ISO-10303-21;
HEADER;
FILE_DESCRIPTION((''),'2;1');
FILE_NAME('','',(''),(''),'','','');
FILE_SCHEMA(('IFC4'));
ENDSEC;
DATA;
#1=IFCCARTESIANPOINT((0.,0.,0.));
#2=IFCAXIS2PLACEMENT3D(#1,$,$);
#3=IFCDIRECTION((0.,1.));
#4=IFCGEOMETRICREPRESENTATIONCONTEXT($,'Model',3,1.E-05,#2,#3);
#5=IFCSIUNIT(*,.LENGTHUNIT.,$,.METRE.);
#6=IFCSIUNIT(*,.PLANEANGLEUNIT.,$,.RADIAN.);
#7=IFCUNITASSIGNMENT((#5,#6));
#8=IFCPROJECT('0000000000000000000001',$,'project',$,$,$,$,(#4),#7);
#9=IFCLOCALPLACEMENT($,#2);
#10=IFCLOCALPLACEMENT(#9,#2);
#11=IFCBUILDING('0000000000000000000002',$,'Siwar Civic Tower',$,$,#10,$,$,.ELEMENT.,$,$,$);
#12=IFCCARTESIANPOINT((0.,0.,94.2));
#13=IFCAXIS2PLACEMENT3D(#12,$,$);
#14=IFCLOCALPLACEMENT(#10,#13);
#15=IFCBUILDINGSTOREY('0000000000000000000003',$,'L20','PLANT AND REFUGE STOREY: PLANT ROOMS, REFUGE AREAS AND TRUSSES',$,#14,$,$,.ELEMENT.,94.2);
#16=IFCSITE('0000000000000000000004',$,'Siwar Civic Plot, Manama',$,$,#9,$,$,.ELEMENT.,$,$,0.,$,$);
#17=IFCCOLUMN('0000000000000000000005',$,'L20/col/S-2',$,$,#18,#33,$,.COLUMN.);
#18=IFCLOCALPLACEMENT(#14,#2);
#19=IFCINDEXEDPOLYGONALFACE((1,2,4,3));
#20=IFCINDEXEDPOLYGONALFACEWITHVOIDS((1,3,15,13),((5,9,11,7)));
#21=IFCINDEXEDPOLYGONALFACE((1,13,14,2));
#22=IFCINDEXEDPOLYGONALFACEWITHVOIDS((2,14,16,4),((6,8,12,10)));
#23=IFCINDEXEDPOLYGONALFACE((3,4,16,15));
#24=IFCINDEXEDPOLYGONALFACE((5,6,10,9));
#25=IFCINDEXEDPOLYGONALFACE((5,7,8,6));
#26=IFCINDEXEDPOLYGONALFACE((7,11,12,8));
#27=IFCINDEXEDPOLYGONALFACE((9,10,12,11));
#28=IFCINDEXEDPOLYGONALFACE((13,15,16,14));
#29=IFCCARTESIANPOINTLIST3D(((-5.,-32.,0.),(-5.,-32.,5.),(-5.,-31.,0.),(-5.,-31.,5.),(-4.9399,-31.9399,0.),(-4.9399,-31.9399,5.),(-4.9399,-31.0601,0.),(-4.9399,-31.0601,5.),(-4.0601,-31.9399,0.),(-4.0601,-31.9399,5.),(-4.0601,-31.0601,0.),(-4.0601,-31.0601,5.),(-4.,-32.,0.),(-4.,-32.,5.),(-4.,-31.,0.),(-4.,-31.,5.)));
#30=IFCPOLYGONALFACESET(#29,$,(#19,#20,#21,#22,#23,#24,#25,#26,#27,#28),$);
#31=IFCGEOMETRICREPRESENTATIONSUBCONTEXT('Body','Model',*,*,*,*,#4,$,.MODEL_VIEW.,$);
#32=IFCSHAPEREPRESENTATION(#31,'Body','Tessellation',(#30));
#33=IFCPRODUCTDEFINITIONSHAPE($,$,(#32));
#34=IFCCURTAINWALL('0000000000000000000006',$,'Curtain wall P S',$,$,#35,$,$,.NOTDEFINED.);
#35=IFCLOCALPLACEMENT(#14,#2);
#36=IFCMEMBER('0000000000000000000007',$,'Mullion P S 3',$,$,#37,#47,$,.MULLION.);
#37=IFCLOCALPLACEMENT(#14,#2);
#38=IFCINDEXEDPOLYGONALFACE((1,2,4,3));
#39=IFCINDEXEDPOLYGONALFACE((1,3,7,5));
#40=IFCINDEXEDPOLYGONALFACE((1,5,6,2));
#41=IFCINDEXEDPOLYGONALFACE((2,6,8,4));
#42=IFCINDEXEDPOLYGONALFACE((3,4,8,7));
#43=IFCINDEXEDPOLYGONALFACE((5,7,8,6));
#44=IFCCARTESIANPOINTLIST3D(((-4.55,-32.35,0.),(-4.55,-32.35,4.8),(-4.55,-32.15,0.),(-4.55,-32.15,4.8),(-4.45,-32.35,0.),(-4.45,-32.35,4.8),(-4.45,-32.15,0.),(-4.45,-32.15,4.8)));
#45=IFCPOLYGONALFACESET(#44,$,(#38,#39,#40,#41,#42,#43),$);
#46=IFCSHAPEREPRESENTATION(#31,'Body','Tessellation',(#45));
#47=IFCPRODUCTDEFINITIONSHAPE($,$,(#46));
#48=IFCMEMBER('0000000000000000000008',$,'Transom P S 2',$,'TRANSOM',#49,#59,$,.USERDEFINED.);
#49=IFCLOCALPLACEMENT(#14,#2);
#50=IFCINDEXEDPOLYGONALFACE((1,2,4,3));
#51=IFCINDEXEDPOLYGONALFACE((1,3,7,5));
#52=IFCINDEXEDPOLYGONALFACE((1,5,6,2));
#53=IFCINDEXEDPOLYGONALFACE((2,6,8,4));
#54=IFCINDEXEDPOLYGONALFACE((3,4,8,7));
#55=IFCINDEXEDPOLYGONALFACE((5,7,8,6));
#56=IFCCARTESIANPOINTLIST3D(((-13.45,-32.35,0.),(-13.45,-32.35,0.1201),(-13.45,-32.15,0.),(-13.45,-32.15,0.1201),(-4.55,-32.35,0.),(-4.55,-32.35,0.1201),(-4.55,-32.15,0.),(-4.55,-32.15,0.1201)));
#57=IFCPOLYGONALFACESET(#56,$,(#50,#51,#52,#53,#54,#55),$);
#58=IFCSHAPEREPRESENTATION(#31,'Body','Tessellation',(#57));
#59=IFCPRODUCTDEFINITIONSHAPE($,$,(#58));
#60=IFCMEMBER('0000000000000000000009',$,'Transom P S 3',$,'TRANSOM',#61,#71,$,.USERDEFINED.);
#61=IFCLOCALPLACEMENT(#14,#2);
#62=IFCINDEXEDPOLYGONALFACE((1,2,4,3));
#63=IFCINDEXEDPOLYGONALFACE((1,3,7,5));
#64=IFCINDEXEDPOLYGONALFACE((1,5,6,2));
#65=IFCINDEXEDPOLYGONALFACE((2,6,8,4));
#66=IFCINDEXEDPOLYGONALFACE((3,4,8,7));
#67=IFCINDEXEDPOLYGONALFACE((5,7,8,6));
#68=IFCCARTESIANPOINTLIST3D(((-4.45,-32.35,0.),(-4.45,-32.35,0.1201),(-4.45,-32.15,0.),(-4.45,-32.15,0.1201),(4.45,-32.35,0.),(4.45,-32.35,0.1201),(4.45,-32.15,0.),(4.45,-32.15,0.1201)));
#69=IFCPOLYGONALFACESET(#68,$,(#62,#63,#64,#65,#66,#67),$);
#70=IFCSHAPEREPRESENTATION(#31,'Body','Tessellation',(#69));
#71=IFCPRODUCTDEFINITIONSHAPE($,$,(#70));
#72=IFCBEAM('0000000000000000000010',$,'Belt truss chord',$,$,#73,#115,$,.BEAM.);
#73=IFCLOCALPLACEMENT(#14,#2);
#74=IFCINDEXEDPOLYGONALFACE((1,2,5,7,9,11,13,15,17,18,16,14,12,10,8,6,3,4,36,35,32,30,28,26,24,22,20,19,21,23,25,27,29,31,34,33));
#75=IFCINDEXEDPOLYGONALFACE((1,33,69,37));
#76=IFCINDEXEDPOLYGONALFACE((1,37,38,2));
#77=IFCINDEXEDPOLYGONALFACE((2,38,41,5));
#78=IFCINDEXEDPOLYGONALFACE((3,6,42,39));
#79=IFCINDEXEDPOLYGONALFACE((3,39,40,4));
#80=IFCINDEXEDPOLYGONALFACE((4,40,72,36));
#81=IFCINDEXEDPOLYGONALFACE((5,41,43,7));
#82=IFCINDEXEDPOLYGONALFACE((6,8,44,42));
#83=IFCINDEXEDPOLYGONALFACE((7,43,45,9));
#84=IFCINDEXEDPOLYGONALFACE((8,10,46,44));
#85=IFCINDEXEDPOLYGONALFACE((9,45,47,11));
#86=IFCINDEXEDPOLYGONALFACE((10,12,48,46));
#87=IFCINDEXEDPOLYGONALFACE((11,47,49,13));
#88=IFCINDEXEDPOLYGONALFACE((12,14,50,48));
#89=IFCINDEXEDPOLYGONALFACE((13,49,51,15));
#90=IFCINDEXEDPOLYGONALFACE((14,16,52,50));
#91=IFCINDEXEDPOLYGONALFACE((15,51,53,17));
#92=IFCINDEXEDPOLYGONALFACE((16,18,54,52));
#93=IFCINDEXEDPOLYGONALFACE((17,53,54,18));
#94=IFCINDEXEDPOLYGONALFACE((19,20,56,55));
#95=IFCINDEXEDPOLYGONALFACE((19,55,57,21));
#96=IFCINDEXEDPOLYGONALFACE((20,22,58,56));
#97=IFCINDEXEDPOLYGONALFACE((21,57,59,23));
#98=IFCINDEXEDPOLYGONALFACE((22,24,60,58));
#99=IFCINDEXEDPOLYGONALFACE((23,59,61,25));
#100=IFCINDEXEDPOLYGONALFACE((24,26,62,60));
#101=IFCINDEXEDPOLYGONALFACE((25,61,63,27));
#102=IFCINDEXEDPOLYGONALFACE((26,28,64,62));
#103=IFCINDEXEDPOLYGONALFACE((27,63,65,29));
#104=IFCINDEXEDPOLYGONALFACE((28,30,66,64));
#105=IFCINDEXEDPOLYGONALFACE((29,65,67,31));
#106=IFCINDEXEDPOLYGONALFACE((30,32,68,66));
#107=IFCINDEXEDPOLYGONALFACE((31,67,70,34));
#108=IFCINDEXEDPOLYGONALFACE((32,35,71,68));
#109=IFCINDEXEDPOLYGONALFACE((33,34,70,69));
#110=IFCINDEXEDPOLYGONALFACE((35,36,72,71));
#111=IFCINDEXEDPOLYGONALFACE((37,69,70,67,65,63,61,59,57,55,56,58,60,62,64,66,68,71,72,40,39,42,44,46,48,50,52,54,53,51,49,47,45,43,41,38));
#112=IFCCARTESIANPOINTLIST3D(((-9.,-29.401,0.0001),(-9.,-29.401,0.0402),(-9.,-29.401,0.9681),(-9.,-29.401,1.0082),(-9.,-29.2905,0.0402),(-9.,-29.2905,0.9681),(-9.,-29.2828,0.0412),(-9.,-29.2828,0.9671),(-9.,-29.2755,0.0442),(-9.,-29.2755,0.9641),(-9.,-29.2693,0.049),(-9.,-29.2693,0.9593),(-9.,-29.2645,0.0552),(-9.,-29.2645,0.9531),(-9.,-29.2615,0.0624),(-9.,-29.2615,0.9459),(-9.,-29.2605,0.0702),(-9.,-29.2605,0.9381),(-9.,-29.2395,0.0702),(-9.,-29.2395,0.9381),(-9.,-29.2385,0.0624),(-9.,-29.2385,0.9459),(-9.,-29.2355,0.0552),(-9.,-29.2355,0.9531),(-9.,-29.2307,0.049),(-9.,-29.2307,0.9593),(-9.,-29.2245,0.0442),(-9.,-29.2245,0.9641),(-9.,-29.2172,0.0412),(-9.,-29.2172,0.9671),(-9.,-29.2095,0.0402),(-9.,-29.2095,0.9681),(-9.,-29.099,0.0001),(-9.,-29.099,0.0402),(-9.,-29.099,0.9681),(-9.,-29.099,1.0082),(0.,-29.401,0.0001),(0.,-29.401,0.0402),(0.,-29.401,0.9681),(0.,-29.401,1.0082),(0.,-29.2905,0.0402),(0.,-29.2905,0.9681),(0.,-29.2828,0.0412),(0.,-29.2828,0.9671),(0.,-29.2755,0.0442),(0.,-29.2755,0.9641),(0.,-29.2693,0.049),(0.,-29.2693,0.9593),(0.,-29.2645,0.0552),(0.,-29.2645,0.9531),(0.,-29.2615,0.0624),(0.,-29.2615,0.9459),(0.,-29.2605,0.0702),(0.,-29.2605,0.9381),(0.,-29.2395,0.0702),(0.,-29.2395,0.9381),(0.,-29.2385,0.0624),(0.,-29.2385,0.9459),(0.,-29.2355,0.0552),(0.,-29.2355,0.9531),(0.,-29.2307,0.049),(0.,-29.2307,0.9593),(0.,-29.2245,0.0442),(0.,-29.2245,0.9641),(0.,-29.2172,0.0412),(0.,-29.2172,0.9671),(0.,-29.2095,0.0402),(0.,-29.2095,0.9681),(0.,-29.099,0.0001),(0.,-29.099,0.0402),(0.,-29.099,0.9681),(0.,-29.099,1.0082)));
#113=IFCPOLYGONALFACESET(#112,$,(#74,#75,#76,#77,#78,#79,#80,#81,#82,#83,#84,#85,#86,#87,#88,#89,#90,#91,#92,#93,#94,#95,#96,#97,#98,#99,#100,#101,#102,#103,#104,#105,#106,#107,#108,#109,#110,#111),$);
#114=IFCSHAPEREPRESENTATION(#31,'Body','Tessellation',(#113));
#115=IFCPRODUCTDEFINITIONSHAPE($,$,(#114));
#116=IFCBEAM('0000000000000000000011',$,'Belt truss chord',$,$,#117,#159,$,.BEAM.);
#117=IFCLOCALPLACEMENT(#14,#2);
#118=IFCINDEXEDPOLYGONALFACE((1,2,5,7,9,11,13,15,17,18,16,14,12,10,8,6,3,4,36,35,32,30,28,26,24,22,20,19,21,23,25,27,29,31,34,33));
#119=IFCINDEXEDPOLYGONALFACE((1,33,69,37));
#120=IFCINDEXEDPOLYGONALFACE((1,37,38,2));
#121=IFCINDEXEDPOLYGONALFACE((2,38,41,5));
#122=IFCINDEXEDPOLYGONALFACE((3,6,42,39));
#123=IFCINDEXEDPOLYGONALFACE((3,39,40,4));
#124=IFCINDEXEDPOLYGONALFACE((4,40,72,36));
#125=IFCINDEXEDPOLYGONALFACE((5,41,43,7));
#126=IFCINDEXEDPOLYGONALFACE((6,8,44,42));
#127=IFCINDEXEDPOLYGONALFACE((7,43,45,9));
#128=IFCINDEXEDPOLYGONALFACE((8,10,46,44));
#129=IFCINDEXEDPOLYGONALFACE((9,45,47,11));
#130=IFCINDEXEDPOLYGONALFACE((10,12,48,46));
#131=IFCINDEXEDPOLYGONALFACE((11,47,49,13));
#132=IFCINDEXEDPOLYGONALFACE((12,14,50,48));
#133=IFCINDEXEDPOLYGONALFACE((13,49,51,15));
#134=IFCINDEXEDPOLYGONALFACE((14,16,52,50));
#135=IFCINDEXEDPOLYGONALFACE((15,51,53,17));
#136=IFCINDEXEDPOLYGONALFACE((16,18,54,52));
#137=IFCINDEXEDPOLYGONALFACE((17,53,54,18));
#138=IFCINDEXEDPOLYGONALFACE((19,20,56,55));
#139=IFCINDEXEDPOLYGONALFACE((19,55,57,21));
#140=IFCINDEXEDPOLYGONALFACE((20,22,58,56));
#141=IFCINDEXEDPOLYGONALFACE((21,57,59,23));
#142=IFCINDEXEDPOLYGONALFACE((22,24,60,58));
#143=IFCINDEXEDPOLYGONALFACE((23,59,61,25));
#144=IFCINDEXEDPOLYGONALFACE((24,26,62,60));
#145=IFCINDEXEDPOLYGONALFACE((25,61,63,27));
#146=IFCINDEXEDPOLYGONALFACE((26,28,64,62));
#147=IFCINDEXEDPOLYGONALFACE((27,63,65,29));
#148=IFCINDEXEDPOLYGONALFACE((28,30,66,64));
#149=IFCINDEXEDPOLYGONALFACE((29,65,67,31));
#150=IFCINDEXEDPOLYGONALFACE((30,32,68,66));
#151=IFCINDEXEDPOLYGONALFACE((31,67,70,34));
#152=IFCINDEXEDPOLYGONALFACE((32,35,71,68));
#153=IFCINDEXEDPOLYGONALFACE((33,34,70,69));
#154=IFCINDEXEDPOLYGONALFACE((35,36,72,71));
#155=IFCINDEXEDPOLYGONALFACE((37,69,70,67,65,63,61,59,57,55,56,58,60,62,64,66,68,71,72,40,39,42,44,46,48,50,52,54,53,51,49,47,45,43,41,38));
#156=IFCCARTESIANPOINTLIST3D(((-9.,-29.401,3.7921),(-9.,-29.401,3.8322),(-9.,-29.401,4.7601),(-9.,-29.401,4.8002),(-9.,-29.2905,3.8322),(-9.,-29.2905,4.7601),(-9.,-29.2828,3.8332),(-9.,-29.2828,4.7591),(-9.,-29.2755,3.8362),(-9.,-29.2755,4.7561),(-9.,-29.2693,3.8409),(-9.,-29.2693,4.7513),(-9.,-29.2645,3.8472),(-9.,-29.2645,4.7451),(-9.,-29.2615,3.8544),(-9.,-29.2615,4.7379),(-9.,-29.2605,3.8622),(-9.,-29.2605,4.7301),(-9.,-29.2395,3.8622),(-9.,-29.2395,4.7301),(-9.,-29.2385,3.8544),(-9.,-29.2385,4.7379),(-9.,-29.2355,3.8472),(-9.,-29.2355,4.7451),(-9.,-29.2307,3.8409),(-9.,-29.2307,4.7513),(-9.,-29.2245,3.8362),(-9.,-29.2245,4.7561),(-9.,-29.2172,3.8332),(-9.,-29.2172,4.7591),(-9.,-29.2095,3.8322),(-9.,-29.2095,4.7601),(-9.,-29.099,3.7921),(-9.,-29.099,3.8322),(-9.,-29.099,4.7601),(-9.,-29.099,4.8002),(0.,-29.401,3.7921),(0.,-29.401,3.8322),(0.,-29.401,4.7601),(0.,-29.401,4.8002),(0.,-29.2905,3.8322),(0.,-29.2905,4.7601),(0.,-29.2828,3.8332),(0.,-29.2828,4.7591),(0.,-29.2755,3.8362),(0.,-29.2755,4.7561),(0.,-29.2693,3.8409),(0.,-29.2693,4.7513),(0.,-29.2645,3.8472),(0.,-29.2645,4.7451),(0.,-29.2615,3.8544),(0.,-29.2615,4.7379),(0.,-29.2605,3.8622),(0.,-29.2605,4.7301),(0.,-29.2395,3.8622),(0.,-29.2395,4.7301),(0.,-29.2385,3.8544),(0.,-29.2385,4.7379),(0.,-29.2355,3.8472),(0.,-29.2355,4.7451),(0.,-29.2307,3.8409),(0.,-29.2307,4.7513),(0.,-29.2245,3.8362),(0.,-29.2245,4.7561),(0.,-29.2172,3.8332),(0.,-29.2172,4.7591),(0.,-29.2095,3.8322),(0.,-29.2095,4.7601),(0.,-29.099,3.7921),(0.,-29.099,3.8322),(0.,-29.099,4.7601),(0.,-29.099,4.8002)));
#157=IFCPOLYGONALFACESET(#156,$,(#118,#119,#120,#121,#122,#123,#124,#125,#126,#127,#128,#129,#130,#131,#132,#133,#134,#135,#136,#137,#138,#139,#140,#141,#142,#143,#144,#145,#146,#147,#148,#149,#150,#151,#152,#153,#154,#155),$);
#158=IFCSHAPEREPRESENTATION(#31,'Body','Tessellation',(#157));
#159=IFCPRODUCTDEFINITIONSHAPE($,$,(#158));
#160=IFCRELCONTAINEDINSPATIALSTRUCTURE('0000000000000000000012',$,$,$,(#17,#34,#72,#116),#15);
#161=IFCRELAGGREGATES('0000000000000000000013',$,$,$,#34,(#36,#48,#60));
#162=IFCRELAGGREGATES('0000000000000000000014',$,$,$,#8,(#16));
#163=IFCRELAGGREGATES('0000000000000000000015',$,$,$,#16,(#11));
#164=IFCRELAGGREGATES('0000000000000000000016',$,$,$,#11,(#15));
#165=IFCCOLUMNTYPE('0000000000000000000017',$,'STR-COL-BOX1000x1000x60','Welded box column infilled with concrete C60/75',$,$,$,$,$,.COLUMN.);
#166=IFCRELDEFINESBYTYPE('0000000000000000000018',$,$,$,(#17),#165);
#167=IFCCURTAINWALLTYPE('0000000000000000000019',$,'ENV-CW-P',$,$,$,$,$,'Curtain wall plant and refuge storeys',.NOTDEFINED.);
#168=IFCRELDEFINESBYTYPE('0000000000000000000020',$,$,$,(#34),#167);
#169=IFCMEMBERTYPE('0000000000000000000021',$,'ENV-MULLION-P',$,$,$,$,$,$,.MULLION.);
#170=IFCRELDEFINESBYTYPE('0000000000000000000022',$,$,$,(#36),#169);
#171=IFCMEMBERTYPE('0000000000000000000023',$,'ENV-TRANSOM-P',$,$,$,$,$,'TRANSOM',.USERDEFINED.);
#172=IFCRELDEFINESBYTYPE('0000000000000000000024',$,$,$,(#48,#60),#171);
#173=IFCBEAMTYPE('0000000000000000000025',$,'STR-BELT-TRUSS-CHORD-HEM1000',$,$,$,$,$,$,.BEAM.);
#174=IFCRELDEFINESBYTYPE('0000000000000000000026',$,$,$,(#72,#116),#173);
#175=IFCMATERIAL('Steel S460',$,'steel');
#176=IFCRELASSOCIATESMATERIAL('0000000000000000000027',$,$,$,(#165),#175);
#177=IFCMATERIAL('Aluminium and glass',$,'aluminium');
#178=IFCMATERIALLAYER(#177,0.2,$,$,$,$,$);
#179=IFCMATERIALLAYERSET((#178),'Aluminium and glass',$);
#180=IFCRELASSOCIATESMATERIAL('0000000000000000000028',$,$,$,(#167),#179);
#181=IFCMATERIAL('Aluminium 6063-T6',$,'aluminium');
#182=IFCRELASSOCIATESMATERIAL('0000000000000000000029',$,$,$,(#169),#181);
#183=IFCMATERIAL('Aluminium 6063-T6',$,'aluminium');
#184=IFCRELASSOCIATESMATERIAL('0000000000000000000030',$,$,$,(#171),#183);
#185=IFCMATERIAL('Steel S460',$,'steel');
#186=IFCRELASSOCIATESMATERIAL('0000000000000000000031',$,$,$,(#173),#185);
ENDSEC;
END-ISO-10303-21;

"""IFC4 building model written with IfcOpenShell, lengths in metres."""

from ifc_helpers import new_model, si_unit, direction, frame, origin, origin_2d, place, context, subcontext, project, spatial, rectangle, hollow_rectangle, i_section, extrude, material, layer, layer_set, material_profile, profile_set, type_object, element, aggregate, save


model = new_model("IFC4")

# Units and contexts
model_context = context("Model", 3, precision=1e-05, world=origin(), true_north=direction((0.0, 1.0)))
body_context = subcontext(model_context, "Body", "Model", "MODEL_VIEW")
ifc_project = project(units=[si_unit("LENGTHUNIT", "METRE"), si_unit("PLANEANGLEUNIT", "RADIAN")], contexts=[model_context])

# Site, building, storey
site_placement = place(None, origin())
site = spatial("IfcSite", under=ifc_project, at=site_placement, Name="Siwar Civic Plot, Manama", CompositionType="ELEMENT", RefElevation=0.0)
building_placement = place(site_placement, origin())
building = spatial("IfcBuilding", under=site, at=building_placement, Name="Siwar Civic Tower", CompositionType="ELEMENT")
storey_placement = place(building_placement, frame((0.0, 0.0, 94.2)))
storey = spatial("IfcBuildingStorey", under=building, at=storey_placement, Name="L20", Description="PLANT AND REFUGE STOREY: PLANT ROOMS, REFUGE AREAS AND TRUSSES", CompositionType="ELEMENT", Elevation=94.2)

# Column
ifc_material_1 = material(Name="Steel S460", Category="steel")
ifc_material_profile_1 = material_profile(ifc_material_1, hollow_rectangle(XDim=1.0, YDim=1.0, WallThickness=0.0601, at=origin_2d()), Name="BOX1000x1000x60")
ifc_profile_set_1 = profile_set([ifc_material_profile_1], Name="Steel S460")
column_type = type_object("IfcColumnType", Name="STR-COL-BOX1000x1000x60", Description="Welded box column infilled with concrete C60/75", PredefinedType="COLUMN", material=ifc_profile_set_1)
column_placement = place(storey_placement, frame((-4.5, -31.5, 0.0), z_axis=(0.0, 0.0, 1.0), x_axis=(1.0, 0.0, 0.0)))
element("IfcColumn", 1, at=column_placement, inside=storey, type_object=column_type, Name="L20/col/S-2", PredefinedType="COLUMN", context=body_context, shape_type="SweptSolid", body=[
    extrude(hollow_rectangle(XDim=1.0, YDim=1.0, WallThickness=0.0601, at=origin_2d()), origin(), (0.0, 0.0, 1.0), 5.0),
])

# Curtain wall, members
ifc_material_2 = material(Name="Aluminium and glass", Category="aluminium")
ifc_layer_1 = layer(ifc_material_2, 0.2)
ifc_layer_set_1 = layer_set([ifc_layer_1], Name="Aluminium and glass")
curtain_wall_type = type_object("IfcCurtainWallType", Name="ENV-CW-P", ElementType="Curtain wall plant and refuge storeys", PredefinedType="NOTDEFINED", material=ifc_layer_set_1)
curtain_wall_placement = place(storey_placement, origin())
curtain_wall = element("IfcCurtainWall", 2, at=curtain_wall_placement, inside=storey, type_object=curtain_wall_type, Name="Curtain wall P S", PredefinedType="NOTDEFINED")
ifc_material_3 = material(Name="Aluminium 6063-T6", Category="aluminium")
ifc_material_profile_2 = material_profile(ifc_material_3, rectangle(XDim=0.2, YDim=0.1001, at=origin_2d()), Name="AL 200x100")
ifc_profile_set_2 = profile_set([ifc_material_profile_2], Name="Aluminium 6063-T6")
member_type_1 = type_object("IfcMemberType", Name="ENV-MULLION-P", PredefinedType="MULLION", material=ifc_profile_set_2)
member_1_placement = place(storey_placement, frame((-4.5, -32.25, 0.0), z_axis=(0.0, 0.0, 1.0), x_axis=(0.0, 1.0, 0.0)))
member_1 = element("IfcMember", 3, at=member_1_placement, type_object=member_type_1, Name="Mullion P S 3", PredefinedType="MULLION", context=body_context, shape_type="SweptSolid", body=[
    extrude(rectangle(XDim=0.2, YDim=0.1001, at=origin_2d()), origin(), (0.0, 0.0, 1.0), 4.8),
])
ifc_material_4 = material(Name="Aluminium 6063-T6", Category="aluminium")
ifc_material_profile_3 = material_profile(ifc_material_4, rectangle(XDim=0.2, YDim=0.1201, at=origin_2d()), Name="AL 200x120")
ifc_profile_set_3 = profile_set([ifc_material_profile_3], Name="Aluminium 6063-T6")
member_type_2 = type_object("IfcMemberType", Name="ENV-TRANSOM-P", ElementType="TRANSOM", PredefinedType="USERDEFINED", material=ifc_profile_set_3)
member_2_placement = place(storey_placement, frame((-13.45, -32.25, 0.0601), z_axis=(1.0, 0.0, 0.0), x_axis=(0.0, 1.0, 0.0)))
member_2 = element("IfcMember", 4, at=member_2_placement, type_object=member_type_2, Name="Transom P S 2", ObjectType="TRANSOM", PredefinedType="USERDEFINED", context=body_context, shape_type="SweptSolid", body=[
    extrude(rectangle(XDim=0.2, YDim=0.1201, at=origin_2d()), origin(), (0.0, 0.0, 1.0), 8.8999),
])
member_3_placement = place(storey_placement, frame((-4.45, -32.25, 0.0601), z_axis=(1.0, 0.0, 0.0), x_axis=(0.0, 1.0, 0.0)))
member_3 = element("IfcMember", 5, at=member_3_placement, type_object=member_type_2, Name="Transom P S 3", ObjectType="TRANSOM", PredefinedType="USERDEFINED", context=body_context, shape_type="SweptSolid", body=[
    extrude(rectangle(XDim=0.2, YDim=0.1201, at=origin_2d()), origin(), (0.0, 0.0, 1.0), 8.8999),
])

# Beams
ifc_material_5 = material(Name="Steel S460", Category="steel")
ifc_material_profile_4 = material_profile(ifc_material_5, i_section(OverallWidth=0.302, OverallDepth=1.0081, WebThickness=0.021, FlangeThickness=0.04, FilletRadius=0.03, at=origin_2d()), Name="HEM1000")
ifc_profile_set_4 = profile_set([ifc_material_profile_4], Name="Steel S460")
beam_type_1 = type_object("IfcBeamType", Name="STR-BELT-TRUSS-CHORD-HEM1000", PredefinedType="BEAM", material=ifc_profile_set_4)
for number, where, z_axis, x_axis, name in (
    (6, (-9.0, -29.25, 0.5042), (1.0, 0.0, 0.0), (0.0, 1.0, 0.0), "Belt truss chord"),
    (7, (-9.0, -29.25, 4.2961), (1.0, 0.0, 0.0), (0.0, 1.0, 0.0), "Belt truss chord"),
):
    element("IfcBeam", number, at=place(storey_placement, frame(where, z_axis=z_axis, x_axis=x_axis)), inside=storey, type_object=beam_type_1, Name=name, PredefinedType="BEAM", context=body_context, shape_type="SweptSolid", body=[
        extrude(i_section(OverallWidth=0.302, OverallDepth=1.0081, WebThickness=0.021, FlangeThickness=0.04, FilletRadius=0.03, at=origin_2d()), origin(), (0.0, 0.0, 1.0), 9.0),
    ])

aggregate(curtain_wall, [member_1, member_2, member_3])

save(model, "model.ifc")
